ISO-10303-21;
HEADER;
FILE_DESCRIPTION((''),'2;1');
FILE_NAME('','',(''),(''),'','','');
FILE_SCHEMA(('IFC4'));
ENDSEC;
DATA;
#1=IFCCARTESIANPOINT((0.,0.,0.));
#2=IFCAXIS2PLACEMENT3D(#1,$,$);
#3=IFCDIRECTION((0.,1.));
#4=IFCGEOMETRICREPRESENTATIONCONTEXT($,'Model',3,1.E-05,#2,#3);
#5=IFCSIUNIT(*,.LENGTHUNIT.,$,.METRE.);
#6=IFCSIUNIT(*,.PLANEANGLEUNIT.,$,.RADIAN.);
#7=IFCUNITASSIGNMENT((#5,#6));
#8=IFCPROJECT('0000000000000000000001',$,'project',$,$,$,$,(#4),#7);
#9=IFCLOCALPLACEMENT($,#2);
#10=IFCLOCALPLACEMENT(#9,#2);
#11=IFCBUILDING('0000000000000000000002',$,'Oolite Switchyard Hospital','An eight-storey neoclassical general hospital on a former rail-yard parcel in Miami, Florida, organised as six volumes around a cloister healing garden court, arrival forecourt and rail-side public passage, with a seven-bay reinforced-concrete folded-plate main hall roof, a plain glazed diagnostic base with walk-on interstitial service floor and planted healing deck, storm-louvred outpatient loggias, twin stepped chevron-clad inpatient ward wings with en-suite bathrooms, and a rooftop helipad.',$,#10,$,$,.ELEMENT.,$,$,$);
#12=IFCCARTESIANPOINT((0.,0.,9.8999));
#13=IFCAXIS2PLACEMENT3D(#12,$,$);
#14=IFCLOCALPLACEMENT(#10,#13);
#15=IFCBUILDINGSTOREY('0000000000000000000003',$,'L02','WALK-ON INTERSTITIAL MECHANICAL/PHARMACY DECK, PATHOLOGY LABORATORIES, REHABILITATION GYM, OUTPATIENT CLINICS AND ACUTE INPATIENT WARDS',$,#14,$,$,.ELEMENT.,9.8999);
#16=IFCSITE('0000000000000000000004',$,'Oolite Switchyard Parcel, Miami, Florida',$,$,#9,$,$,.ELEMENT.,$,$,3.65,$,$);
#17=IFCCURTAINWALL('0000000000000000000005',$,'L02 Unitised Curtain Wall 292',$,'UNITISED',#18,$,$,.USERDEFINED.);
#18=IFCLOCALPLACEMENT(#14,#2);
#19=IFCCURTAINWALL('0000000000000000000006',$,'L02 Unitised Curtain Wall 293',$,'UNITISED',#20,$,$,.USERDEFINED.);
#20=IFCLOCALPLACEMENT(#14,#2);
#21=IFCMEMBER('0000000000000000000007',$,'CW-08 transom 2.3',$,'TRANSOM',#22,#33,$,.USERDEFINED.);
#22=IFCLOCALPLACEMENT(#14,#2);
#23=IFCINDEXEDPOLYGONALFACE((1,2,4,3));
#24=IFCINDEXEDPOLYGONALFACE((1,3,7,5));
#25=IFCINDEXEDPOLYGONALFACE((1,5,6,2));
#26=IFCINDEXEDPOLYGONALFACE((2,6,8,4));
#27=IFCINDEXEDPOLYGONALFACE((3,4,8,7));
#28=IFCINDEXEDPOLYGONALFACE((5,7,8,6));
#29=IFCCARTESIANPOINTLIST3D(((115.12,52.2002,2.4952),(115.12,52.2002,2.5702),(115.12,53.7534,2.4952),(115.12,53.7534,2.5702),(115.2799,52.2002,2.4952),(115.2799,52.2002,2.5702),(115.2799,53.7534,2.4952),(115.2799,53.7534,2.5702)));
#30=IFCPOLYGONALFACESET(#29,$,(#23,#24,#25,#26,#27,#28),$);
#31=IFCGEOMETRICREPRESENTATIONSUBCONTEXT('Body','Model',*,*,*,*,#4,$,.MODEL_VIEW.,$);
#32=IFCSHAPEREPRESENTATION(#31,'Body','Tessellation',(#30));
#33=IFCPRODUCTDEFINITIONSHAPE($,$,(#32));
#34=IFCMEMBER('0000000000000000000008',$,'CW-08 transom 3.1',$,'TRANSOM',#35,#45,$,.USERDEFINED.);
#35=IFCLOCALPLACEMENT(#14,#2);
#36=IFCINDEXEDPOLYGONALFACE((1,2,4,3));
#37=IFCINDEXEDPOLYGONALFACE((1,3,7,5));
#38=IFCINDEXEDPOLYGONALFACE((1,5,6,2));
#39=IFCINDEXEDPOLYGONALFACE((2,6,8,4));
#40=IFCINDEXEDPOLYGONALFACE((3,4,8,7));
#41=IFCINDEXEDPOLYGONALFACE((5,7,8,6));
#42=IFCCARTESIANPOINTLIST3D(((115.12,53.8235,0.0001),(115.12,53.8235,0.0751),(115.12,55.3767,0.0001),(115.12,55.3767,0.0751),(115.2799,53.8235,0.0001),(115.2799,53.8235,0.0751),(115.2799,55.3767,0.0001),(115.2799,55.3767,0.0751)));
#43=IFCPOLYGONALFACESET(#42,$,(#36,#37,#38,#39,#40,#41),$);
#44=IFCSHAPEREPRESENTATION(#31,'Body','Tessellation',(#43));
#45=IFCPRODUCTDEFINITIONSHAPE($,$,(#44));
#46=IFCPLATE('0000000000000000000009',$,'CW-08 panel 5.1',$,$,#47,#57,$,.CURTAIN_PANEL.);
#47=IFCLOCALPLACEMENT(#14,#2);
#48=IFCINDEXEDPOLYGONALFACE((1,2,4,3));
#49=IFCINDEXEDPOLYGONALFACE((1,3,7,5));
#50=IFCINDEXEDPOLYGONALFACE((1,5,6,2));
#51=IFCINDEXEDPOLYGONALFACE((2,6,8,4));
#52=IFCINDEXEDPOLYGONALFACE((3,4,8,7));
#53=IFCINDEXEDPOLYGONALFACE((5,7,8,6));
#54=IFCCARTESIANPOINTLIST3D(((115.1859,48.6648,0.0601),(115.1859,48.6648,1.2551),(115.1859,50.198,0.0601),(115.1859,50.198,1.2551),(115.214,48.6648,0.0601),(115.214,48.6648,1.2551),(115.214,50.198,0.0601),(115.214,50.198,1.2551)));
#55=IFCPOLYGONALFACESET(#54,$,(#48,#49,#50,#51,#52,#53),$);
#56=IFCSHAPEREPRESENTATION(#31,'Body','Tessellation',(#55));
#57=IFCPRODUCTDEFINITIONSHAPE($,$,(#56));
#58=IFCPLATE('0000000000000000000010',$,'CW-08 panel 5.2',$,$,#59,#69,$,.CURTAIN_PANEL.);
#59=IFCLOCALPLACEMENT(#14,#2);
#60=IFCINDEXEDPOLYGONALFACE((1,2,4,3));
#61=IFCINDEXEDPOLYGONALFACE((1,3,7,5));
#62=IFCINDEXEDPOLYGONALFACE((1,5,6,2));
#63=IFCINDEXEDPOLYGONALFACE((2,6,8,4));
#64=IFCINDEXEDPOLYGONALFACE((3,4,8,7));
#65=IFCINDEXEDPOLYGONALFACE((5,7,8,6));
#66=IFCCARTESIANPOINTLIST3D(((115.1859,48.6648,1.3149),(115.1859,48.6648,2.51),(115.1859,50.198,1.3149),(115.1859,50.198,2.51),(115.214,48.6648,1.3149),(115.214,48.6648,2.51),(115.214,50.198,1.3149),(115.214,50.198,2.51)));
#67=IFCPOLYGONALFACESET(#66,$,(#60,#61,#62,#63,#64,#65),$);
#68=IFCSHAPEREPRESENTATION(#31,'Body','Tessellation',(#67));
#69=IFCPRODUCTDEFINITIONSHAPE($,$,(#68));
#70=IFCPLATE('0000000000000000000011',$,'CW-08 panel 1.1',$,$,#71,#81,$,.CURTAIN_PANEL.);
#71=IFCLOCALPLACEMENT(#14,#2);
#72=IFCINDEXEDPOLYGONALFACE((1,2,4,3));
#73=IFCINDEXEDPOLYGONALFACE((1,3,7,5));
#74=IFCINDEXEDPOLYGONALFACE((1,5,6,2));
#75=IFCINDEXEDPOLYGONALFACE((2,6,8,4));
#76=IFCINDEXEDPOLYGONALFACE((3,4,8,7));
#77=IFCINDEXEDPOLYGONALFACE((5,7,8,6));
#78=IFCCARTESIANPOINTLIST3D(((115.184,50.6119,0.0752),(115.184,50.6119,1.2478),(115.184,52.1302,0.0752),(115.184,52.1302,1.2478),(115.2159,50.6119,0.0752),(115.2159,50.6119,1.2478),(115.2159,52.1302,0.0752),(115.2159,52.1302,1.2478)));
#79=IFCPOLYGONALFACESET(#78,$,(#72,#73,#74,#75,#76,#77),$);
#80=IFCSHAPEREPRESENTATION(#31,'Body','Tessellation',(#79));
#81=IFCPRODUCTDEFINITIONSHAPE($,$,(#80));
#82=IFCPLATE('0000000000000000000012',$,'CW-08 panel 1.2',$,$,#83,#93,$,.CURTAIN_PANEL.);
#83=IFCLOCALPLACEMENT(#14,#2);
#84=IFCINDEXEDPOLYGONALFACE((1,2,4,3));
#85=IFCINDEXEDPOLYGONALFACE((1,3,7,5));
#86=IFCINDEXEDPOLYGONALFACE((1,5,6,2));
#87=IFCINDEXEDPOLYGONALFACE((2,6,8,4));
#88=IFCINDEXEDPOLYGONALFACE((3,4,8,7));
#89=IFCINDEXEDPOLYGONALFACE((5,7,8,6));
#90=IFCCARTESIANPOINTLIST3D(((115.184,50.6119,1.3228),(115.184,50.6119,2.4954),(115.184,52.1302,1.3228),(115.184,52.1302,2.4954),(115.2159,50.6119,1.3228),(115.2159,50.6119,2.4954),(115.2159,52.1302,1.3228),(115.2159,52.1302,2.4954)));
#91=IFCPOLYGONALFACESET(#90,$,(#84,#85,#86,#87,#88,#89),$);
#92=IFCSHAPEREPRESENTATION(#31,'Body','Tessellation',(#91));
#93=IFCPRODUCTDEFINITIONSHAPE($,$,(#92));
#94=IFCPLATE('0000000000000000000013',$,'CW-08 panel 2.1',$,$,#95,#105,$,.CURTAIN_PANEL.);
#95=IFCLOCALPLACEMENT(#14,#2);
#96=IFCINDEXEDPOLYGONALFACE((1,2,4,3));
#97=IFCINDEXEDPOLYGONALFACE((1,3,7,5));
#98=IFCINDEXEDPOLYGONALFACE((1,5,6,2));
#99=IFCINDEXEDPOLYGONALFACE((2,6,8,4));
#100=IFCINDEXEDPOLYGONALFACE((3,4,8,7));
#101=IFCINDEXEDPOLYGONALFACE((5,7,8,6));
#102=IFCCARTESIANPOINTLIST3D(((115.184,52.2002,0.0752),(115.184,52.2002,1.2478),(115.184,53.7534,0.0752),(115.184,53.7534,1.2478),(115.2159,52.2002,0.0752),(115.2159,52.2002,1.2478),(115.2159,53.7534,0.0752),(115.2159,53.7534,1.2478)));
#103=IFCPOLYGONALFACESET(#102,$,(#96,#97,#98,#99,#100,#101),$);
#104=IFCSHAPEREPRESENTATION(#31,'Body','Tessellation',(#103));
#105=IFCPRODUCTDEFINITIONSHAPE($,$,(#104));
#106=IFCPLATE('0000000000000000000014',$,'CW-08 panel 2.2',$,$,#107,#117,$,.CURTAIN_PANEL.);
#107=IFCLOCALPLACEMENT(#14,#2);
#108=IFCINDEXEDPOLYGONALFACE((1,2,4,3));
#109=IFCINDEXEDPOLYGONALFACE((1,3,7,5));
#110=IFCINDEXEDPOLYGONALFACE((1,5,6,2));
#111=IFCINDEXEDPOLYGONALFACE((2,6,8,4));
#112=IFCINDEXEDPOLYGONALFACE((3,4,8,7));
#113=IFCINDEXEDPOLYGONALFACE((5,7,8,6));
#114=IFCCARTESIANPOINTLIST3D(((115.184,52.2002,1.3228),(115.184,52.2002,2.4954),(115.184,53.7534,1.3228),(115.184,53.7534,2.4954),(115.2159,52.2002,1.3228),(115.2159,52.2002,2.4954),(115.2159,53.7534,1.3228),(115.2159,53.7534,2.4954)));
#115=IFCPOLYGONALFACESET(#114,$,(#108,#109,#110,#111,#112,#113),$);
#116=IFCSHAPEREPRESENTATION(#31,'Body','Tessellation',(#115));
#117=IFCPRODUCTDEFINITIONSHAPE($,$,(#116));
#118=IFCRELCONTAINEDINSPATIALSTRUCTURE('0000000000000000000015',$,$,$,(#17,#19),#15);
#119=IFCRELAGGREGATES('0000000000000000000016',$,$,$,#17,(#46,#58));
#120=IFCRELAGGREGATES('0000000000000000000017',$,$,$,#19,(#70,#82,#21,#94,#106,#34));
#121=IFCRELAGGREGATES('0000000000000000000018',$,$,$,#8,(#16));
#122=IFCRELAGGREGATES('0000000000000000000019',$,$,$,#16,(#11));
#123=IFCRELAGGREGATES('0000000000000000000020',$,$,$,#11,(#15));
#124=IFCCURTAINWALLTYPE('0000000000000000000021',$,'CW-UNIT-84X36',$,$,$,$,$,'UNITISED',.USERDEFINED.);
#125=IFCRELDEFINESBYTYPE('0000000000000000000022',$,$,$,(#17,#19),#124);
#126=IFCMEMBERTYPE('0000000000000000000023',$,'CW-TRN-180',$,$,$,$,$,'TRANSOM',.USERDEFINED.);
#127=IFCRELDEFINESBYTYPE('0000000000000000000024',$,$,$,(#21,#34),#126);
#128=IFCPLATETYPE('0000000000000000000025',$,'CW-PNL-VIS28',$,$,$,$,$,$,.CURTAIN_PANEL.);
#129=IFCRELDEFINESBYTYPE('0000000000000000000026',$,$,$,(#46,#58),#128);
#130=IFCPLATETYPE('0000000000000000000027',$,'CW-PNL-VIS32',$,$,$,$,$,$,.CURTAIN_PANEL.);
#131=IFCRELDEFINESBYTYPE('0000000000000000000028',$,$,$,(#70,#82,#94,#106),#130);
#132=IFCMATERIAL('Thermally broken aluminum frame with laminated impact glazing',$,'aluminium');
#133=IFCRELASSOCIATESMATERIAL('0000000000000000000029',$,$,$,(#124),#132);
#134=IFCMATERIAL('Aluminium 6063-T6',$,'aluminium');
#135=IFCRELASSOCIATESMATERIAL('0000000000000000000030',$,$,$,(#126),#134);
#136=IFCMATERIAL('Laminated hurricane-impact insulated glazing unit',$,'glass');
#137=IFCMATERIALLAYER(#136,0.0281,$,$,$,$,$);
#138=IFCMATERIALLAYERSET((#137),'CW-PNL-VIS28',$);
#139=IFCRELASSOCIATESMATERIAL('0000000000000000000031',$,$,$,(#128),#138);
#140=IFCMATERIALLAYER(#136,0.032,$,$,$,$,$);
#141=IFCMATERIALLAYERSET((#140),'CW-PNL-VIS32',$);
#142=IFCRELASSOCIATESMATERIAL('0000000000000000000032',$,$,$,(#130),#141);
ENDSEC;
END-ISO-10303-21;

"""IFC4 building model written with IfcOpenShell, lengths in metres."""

from ifc_helpers import new_model, si_unit, direction, frame, origin, origin_2d, place, context, subcontext, project, spatial, rectangle, extrude, material, layer, layer_set, material_profile, profile_set, type_object, element, aggregate, save


model = new_model("IFC4")

# Units and contexts
model_context = context("Model", 3, precision=1e-05, world=origin(), true_north=direction((0.0, 1.0)))
body_context = subcontext(model_context, "Body", "Model", "MODEL_VIEW")
ifc_project = project(units=[si_unit("LENGTHUNIT", "METRE"), si_unit("PLANEANGLEUNIT", "RADIAN")], contexts=[model_context])

# Site, building, storey
site_placement = place(None, origin())
site = spatial("IfcSite", under=ifc_project, at=site_placement, Name="Oolite Switchyard Parcel, Miami, Florida", CompositionType="ELEMENT", RefElevation=3.65)
building_placement = place(site_placement, origin())
building = spatial("IfcBuilding", under=site, at=building_placement, Name="Oolite Switchyard Hospital", Description="An eight-storey neoclassical general hospital on a former rail-yard parcel in Miami, Florida, organised as six volumes around a cloister healing garden court, arrival forecourt and rail-side public passage, with a seven-bay reinforced-concrete folded-plate main hall roof, a plain glazed diagnostic base with walk-on interstitial service floor and planted healing deck, storm-louvred outpatient loggias, twin stepped chevron-clad inpatient ward wings with en-suite bathrooms, and a rooftop helipad.", CompositionType="ELEMENT")
storey_placement = place(building_placement, frame((0.0, 0.0, 9.8999)))
storey = spatial("IfcBuildingStorey", under=building, at=storey_placement, Name="L02", Description="WALK-ON INTERSTITIAL MECHANICAL/PHARMACY DECK, PATHOLOGY LABORATORIES, REHABILITATION GYM, OUTPATIENT CLINICS AND ACUTE INPATIENT WARDS", CompositionType="ELEMENT", Elevation=9.8999)

# Curtain wall
ifc_material_1 = material(Name="Thermally broken aluminum frame with laminated impact glazing", Category="aluminium")
curtain_wall_type = type_object("IfcCurtainWallType", Name="CW-UNIT-84X36", ElementType="UNITISED", PredefinedType="USERDEFINED", material=ifc_material_1)
curtain_wall_1_placement = place(storey_placement, origin())
curtain_wall_1 = element("IfcCurtainWall", 1, at=curtain_wall_1_placement, inside=storey, type_object=curtain_wall_type, Name="L02 Unitised Curtain Wall 292", ObjectType="UNITISED", PredefinedType="USERDEFINED")
ifc_material_2 = material(Name="Aluminium 6063-T6", Category="aluminium")

# Curtain wall
curtain_wall_2_placement = place(storey_placement, origin())
curtain_wall_2 = element("IfcCurtainWall", 2, at=curtain_wall_2_placement, inside=storey, type_object=curtain_wall_type, Name="L02 Unitised Curtain Wall 293", ObjectType="UNITISED", PredefinedType="USERDEFINED")

# Members
ifc_material_profile_1 = material_profile(ifc_material_2, rectangle(XDim=0.1599, YDim=0.075, at=origin_2d()), Name="CWT75X160")
ifc_profile_set_1 = profile_set([ifc_material_profile_1], Name="Aluminium 6063-T6")
member_type_1 = type_object("IfcMemberType", Name="CW-TRN-180", ElementType="TRANSOM", PredefinedType="USERDEFINED", material=ifc_profile_set_1)
member_1_placement = place(storey_placement, frame((115.2, 52.2002, 2.5327), z_axis=(0.0, 1.0, 0.0), x_axis=(-1.0, 0.0, 0.0)))
member_1 = element("IfcMember", 3, at=member_1_placement, type_object=member_type_1, Name="CW-08 transom 2.3", ObjectType="TRANSOM", PredefinedType="USERDEFINED", context=body_context, shape_type="SweptSolid", body=[
    extrude(rectangle(XDim=0.1599, YDim=0.075, at=origin_2d()), origin(), (0.0, 0.0, 1.0), 1.5532),
])
member_2_placement = place(storey_placement, frame((115.2, 53.8235, 0.0376), z_axis=(0.0, 1.0, 0.0), x_axis=(-1.0, 0.0, 0.0)))
member_2 = element("IfcMember", 4, at=member_2_placement, type_object=member_type_1, Name="CW-08 transom 3.1", ObjectType="TRANSOM", PredefinedType="USERDEFINED", context=body_context, shape_type="SweptSolid", body=[
    extrude(rectangle(XDim=0.1599, YDim=0.075, at=origin_2d()), origin(), (0.0, 0.0, 1.0), 1.5532),
])

# Plates
ifc_material_3 = material(Name="Laminated hurricane-impact insulated glazing unit", Category="glass")
ifc_layer_1 = layer(ifc_material_3, 0.0281)
ifc_layer_set_1 = layer_set([ifc_layer_1], Name="CW-PNL-VIS28")
plate_type_1 = type_object("IfcPlateType", Name="CW-PNL-VIS28", PredefinedType="CURTAIN_PANEL", material=ifc_layer_set_1)
plate_1_placement = place(storey_placement, frame((115.2, 49.4314, 0.0601), z_axis=(0.0, 0.0, 1.0), x_axis=(0.0, 1.0, 0.0)))
plate_1 = element("IfcPlate", 5, at=plate_1_placement, type_object=plate_type_1, Name="CW-08 panel 5.1", PredefinedType="CURTAIN_PANEL", context=body_context, shape_type="SweptSolid", body=[
    extrude(rectangle(XDim=1.5332, YDim=0.0281, at=origin_2d()), origin(), (0.0, 0.0, 1.0), 1.1951),
])
plate_2_placement = place(storey_placement, frame((115.2, 49.4314, 1.3149), z_axis=(0.0, 0.0, 1.0), x_axis=(0.0, 1.0, 0.0)))
plate_2 = element("IfcPlate", 6, at=plate_2_placement, type_object=plate_type_1, Name="CW-08 panel 5.2", PredefinedType="CURTAIN_PANEL", context=body_context, shape_type="SweptSolid", body=[
    extrude(rectangle(XDim=1.5332, YDim=0.0281, at=origin_2d()), origin(), (0.0, 0.0, 1.0), 1.1951),
])
aggregate(curtain_wall_1, [plate_1, plate_2])
ifc_layer_2 = layer(ifc_material_3, 0.032)
ifc_layer_set_2 = layer_set([ifc_layer_2], Name="CW-PNL-VIS32")
plate_type_2 = type_object("IfcPlateType", Name="CW-PNL-VIS32", PredefinedType="CURTAIN_PANEL", material=ifc_layer_set_2)
plate_3_placement = place(storey_placement, frame((115.2, 51.3711, 0.0752), z_axis=(0.0, 0.0, 1.0), x_axis=(0.0, 1.0, 0.0)))
plate_3 = element("IfcPlate", 7, at=plate_3_placement, type_object=plate_type_2, Name="CW-08 panel 1.1", PredefinedType="CURTAIN_PANEL", context=body_context, shape_type="SweptSolid", body=[
    extrude(rectangle(XDim=1.5183, YDim=0.032, at=origin_2d()), origin(), (0.0, 0.0, 1.0), 1.1726),
])
plate_4_placement = place(storey_placement, frame((115.2, 51.3711, 1.3228), z_axis=(0.0, 0.0, 1.0), x_axis=(0.0, 1.0, 0.0)))
plate_4 = element("IfcPlate", 8, at=plate_4_placement, type_object=plate_type_2, Name="CW-08 panel 1.2", PredefinedType="CURTAIN_PANEL", context=body_context, shape_type="SweptSolid", body=[
    extrude(rectangle(XDim=1.5183, YDim=0.032, at=origin_2d()), origin(), (0.0, 0.0, 1.0), 1.1726),
])
plate_5_placement = place(storey_placement, frame((115.2, 52.9768, 0.0752), z_axis=(0.0, 0.0, 1.0), x_axis=(0.0, 1.0, 0.0)))
plate_5 = element("IfcPlate", 9, at=plate_5_placement, type_object=plate_type_2, Name="CW-08 panel 2.1", PredefinedType="CURTAIN_PANEL", context=body_context, shape_type="SweptSolid", body=[
    extrude(rectangle(XDim=1.5532, YDim=0.032, at=origin_2d()), origin(), (0.0, 0.0, 1.0), 1.1726),
])
plate_6_placement = place(storey_placement, frame((115.2, 52.9768, 1.3228), z_axis=(0.0, 0.0, 1.0), x_axis=(0.0, 1.0, 0.0)))
plate_6 = element("IfcPlate", 10, at=plate_6_placement, type_object=plate_type_2, Name="CW-08 panel 2.2", PredefinedType="CURTAIN_PANEL", context=body_context, shape_type="SweptSolid", body=[
    extrude(rectangle(XDim=1.5532, YDim=0.032, at=origin_2d()), origin(), (0.0, 0.0, 1.0), 1.1726),
])
aggregate(curtain_wall_2, [plate_3, plate_4, member_1, plate_5, plate_6, member_2])

save(model, "model.ifc")
